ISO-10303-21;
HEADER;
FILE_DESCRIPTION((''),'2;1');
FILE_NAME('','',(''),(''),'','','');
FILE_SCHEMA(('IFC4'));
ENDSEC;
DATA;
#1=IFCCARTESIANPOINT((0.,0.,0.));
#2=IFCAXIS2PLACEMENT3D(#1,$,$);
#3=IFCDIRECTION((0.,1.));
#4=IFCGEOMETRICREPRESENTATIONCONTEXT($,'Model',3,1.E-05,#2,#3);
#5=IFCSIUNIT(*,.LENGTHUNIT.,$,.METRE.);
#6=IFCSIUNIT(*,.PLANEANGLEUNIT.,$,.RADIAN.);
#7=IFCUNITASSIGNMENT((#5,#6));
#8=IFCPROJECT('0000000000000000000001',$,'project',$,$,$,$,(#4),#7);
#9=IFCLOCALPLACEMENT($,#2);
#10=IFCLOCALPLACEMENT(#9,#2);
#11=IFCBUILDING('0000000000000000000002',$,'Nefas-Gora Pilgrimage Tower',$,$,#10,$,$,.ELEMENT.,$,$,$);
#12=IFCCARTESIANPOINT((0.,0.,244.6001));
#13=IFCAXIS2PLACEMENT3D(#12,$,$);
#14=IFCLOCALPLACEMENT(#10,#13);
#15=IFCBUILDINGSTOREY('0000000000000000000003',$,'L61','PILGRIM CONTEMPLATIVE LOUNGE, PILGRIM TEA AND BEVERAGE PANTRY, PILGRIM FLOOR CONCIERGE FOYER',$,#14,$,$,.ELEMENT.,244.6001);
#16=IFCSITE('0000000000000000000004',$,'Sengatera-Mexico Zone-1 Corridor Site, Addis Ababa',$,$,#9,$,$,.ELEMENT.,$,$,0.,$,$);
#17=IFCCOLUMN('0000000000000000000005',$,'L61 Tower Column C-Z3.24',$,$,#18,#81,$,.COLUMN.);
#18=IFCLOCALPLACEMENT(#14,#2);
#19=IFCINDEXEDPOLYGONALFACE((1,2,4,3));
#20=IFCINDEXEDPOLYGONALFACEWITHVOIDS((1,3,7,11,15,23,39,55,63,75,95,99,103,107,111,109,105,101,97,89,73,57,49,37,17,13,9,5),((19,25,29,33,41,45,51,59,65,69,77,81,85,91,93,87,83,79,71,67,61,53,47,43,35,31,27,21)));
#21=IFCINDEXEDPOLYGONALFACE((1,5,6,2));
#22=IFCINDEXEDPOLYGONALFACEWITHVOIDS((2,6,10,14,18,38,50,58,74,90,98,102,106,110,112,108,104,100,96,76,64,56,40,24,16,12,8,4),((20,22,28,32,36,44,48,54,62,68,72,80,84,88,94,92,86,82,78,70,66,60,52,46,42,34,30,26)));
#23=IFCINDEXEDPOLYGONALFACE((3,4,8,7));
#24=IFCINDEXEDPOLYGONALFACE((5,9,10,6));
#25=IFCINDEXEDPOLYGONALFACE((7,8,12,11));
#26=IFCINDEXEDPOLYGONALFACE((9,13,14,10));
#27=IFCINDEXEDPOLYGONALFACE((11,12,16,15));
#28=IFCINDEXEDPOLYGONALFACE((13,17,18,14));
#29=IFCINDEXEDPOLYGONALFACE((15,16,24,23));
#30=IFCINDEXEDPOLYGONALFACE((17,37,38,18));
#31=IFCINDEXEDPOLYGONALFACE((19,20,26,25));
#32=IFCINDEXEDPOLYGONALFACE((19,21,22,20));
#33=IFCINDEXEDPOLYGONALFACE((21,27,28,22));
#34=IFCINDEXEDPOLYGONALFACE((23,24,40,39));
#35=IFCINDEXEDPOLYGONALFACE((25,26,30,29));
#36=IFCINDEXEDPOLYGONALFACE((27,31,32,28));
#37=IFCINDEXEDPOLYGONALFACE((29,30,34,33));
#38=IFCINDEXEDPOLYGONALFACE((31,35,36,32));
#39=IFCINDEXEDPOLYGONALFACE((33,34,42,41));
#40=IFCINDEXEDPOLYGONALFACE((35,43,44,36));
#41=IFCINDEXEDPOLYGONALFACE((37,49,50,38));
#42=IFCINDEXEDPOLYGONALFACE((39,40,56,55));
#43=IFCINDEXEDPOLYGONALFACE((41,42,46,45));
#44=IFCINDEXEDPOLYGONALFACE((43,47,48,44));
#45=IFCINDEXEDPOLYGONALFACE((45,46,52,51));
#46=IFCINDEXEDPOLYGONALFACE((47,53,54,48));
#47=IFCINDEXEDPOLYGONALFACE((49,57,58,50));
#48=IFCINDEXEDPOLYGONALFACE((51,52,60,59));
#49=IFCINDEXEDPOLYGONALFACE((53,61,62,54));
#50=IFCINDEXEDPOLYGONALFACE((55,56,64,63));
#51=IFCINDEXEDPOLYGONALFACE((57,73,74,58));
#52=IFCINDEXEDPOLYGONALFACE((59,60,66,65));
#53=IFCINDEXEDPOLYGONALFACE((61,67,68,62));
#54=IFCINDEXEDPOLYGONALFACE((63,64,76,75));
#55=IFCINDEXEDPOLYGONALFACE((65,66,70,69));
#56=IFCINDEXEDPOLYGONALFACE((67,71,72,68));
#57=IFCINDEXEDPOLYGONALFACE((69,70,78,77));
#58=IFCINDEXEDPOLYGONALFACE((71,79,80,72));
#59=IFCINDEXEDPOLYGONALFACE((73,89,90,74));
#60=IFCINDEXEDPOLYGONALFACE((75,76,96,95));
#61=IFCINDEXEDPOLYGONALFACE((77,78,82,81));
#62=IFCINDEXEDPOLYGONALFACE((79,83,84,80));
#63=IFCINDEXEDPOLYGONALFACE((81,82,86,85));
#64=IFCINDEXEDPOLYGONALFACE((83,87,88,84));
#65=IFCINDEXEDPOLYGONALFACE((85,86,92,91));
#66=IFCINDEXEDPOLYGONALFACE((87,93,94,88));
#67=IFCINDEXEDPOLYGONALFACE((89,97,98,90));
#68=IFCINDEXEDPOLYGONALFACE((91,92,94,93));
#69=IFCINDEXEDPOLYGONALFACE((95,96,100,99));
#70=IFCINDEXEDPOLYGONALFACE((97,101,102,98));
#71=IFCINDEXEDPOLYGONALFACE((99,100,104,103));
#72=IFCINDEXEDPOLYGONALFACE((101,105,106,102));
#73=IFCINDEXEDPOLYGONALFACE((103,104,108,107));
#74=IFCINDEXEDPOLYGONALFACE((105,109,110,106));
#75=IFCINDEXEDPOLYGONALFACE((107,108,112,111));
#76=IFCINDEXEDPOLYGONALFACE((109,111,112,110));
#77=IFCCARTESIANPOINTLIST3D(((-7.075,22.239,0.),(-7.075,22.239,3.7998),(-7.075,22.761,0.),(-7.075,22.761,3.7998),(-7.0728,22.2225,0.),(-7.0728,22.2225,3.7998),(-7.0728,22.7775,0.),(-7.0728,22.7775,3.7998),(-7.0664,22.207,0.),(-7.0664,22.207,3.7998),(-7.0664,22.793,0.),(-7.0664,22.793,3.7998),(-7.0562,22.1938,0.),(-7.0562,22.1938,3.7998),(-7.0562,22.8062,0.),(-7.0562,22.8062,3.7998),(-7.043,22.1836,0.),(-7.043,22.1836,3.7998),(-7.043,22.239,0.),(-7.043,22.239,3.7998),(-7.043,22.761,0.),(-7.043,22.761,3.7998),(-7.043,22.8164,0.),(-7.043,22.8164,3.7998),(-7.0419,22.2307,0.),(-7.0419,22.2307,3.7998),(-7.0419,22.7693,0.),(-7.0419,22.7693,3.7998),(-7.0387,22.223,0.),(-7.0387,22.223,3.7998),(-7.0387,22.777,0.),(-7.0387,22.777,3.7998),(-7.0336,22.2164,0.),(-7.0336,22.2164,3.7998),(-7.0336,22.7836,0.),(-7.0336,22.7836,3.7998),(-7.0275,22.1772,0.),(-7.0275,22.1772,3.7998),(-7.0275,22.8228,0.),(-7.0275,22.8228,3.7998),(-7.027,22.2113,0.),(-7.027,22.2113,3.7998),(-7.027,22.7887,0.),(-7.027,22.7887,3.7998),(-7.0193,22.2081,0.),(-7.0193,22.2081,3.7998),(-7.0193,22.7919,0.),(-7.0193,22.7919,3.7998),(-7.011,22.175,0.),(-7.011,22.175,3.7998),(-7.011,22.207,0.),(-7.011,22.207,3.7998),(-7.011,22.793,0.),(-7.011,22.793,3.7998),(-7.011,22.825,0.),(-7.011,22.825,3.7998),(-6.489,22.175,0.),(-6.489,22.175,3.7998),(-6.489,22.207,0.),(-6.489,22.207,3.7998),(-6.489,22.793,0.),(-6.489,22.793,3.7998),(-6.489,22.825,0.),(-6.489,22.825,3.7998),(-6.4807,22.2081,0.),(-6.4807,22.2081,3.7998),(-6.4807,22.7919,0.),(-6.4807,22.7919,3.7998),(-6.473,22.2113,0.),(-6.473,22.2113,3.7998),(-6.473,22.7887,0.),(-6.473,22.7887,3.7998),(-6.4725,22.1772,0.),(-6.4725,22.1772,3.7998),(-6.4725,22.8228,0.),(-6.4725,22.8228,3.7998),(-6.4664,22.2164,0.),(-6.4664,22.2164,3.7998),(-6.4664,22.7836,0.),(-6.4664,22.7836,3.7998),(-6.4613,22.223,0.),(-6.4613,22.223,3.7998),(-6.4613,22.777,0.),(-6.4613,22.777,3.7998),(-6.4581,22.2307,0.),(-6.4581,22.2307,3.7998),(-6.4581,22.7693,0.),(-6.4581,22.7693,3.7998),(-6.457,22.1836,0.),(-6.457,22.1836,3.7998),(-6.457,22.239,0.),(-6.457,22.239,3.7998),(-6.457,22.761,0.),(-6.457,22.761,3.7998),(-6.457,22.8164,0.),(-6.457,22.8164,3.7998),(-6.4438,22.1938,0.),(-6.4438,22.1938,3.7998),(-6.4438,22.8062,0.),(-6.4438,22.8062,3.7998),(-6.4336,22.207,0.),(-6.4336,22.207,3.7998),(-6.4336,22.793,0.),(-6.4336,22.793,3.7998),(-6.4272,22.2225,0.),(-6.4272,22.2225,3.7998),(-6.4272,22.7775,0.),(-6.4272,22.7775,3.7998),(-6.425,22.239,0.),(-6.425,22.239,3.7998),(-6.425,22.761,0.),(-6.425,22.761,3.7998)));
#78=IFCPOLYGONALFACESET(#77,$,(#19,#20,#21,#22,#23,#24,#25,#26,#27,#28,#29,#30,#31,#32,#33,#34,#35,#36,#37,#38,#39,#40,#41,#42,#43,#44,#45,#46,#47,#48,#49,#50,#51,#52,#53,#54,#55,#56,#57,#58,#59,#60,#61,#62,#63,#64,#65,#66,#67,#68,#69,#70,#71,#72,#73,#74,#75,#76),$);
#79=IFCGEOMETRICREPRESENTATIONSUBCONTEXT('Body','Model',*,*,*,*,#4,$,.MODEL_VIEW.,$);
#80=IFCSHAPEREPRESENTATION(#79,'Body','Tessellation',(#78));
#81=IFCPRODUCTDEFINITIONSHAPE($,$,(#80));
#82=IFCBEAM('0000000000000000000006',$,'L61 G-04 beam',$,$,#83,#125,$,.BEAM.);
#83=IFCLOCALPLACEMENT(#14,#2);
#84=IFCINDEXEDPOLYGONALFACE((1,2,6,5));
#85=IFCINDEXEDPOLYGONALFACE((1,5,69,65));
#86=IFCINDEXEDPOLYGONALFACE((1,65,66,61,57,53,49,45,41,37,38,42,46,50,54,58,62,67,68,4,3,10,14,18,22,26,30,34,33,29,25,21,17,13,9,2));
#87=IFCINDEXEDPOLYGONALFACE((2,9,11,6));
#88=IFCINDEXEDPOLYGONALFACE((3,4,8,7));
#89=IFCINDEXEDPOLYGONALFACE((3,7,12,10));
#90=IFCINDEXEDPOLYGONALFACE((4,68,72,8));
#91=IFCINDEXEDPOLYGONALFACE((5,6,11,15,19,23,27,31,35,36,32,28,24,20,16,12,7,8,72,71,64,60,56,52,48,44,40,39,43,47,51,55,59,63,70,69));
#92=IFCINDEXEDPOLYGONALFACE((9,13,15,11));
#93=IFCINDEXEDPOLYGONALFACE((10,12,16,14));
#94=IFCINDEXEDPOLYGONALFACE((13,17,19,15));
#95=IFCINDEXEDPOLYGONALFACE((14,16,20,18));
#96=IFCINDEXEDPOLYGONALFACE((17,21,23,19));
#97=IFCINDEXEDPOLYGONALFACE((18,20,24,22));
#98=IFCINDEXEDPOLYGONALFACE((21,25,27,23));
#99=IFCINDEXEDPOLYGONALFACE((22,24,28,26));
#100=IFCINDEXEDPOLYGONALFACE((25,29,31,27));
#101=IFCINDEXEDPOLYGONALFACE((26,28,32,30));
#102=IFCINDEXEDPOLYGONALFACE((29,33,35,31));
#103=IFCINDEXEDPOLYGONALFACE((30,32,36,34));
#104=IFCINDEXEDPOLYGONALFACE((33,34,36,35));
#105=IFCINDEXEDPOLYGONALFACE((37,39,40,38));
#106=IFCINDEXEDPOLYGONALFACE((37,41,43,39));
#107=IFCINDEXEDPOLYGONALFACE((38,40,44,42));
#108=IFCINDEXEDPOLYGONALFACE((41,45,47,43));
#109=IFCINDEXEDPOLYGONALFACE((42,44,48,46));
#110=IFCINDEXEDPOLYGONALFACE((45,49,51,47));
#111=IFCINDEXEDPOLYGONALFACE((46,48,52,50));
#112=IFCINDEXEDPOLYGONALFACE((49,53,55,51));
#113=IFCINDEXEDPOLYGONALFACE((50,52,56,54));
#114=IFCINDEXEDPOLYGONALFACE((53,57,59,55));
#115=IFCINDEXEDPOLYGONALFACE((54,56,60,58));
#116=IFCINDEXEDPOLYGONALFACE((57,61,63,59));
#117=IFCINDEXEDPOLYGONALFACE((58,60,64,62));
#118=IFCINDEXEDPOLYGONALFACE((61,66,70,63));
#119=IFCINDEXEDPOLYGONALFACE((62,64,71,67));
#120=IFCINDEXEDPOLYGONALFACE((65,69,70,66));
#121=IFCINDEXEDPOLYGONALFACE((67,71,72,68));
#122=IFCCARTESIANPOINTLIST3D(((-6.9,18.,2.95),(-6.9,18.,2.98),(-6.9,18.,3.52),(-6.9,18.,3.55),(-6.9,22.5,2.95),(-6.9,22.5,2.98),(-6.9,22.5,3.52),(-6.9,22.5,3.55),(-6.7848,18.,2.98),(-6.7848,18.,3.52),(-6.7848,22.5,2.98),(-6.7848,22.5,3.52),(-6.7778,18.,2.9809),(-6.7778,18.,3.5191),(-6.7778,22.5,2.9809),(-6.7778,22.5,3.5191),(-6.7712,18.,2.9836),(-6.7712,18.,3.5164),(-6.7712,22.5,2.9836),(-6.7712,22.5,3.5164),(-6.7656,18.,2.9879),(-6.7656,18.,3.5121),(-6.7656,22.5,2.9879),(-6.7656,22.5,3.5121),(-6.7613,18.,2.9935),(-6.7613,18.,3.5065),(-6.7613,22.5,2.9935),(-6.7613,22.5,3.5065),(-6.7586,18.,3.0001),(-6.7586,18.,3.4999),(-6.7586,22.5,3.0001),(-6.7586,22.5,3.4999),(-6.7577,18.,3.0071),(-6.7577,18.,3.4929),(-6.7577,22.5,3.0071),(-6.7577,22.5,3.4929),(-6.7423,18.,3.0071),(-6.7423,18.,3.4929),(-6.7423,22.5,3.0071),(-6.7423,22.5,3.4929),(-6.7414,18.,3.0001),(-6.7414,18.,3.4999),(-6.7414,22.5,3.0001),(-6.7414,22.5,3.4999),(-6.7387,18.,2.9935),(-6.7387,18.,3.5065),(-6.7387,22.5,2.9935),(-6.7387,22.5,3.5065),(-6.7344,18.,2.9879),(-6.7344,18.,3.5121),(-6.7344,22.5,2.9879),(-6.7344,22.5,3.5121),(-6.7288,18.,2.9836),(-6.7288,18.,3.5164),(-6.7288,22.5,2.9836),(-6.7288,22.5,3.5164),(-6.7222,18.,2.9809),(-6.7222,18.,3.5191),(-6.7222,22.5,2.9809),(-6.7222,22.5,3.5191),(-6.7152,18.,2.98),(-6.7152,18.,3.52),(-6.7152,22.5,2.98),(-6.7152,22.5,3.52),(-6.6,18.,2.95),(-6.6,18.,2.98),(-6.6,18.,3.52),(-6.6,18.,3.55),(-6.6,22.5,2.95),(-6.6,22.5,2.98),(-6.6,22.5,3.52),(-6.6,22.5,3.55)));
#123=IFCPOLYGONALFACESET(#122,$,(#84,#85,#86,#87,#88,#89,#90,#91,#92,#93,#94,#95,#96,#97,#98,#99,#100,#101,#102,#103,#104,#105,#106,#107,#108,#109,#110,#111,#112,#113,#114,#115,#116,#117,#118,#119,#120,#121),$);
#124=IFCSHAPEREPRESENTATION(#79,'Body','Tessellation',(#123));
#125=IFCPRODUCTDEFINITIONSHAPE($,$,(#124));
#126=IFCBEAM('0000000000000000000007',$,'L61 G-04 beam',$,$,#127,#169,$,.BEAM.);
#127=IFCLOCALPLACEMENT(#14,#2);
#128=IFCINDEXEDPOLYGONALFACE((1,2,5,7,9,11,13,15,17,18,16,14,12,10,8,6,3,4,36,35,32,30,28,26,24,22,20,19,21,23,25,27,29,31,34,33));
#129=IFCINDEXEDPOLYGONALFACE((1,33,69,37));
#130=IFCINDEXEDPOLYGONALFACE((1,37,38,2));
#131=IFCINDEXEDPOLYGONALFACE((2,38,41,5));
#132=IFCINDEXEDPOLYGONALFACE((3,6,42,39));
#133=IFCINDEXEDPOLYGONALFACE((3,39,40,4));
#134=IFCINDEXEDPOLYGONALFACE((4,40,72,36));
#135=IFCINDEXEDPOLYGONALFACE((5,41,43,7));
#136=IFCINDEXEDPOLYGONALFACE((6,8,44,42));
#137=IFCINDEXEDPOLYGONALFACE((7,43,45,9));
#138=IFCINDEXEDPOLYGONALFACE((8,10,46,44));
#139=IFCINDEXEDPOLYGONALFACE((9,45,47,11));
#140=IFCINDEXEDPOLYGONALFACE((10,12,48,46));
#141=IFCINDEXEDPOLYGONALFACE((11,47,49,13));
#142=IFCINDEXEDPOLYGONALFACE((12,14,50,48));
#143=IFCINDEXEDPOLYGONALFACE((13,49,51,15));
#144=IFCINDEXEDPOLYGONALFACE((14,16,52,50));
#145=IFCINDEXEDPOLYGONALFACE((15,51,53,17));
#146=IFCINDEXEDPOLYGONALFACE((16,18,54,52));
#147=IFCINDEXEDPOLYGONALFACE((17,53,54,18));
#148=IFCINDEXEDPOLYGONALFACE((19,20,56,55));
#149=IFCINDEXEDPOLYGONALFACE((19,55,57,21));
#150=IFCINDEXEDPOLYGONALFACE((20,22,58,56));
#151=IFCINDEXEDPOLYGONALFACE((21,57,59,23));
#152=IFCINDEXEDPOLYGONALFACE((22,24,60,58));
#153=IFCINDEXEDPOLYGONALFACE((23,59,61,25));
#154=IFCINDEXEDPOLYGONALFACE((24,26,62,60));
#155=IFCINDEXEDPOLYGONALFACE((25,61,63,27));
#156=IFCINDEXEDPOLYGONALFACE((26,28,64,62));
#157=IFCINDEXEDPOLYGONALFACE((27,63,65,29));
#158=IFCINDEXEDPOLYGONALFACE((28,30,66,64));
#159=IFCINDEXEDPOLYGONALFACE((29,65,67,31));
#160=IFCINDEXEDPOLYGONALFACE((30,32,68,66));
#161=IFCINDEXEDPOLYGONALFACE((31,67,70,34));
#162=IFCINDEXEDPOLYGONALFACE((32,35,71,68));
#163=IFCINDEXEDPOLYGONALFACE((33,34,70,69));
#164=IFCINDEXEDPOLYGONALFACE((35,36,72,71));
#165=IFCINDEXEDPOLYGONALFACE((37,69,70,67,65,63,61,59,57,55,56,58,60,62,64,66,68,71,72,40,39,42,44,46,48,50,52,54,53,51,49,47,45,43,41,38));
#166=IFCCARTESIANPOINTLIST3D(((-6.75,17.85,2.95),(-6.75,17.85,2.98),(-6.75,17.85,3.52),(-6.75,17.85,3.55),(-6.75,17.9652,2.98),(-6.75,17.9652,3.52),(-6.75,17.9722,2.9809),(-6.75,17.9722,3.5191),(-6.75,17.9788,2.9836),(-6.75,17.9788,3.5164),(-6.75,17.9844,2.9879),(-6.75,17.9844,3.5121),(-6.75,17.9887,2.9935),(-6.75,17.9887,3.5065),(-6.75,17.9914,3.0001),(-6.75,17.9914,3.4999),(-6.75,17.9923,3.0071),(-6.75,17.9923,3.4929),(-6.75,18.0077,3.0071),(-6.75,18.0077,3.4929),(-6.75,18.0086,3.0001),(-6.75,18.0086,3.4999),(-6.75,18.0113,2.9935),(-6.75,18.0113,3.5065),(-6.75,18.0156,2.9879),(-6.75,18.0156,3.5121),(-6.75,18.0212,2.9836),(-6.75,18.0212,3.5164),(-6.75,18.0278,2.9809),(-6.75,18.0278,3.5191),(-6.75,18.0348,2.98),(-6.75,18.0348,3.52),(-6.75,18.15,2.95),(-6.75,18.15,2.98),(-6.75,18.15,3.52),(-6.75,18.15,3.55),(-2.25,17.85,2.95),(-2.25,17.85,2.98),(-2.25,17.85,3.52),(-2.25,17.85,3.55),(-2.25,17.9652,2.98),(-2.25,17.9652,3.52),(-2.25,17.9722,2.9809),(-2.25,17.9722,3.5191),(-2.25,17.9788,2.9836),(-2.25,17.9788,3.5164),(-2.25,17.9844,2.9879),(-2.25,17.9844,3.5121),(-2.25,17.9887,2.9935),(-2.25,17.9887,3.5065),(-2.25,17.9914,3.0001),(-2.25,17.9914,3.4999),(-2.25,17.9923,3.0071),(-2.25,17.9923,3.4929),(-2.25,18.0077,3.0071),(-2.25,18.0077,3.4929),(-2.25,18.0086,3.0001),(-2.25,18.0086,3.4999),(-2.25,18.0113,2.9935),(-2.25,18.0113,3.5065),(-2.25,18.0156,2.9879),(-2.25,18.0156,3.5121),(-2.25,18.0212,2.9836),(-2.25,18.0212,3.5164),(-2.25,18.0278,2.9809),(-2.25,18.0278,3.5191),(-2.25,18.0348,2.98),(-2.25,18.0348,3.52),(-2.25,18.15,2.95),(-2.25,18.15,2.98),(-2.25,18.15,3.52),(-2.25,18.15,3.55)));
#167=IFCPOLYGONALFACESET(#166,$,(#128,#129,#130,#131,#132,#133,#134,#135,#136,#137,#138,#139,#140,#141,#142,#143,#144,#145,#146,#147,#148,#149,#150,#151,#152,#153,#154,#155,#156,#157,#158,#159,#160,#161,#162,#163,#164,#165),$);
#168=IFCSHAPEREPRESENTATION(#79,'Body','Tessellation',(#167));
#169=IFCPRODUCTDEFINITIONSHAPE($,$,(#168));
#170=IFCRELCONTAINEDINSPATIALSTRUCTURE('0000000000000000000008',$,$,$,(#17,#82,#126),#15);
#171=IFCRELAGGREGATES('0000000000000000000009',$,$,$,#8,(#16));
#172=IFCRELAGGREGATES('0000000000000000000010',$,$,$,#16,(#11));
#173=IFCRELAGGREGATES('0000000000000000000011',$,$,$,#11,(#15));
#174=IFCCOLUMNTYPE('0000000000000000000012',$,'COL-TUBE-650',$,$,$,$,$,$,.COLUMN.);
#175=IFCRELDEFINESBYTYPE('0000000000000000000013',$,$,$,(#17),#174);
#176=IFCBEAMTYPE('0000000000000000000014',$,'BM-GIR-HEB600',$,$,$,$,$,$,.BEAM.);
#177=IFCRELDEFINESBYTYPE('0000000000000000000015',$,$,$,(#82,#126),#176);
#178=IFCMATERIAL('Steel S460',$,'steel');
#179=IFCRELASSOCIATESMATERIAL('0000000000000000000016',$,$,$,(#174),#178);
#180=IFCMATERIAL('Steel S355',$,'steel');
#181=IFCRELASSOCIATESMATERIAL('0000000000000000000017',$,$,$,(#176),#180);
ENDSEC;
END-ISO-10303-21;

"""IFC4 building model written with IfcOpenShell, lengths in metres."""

from ifc_helpers import new_model, si_unit, direction, frame, origin, origin_2d, place, context, subcontext, project, spatial, hollow_rectangle, i_section, extrude, source, transform, mapped, material, material_profile, profile_set, type_object, element, save


model = new_model("IFC4")

# Units and contexts
model_context = context("Model", 3, precision=1e-05, world=origin(), true_north=direction((0.0, 1.0)))
body_context = subcontext(model_context, "Body", "Model", "MODEL_VIEW")
ifc_project = project(units=[si_unit("LENGTHUNIT", "METRE"), si_unit("PLANEANGLEUNIT", "RADIAN")], contexts=[model_context])

# Site, building, storey
site_placement = place(None, origin())
site = spatial("IfcSite", under=ifc_project, at=site_placement, Name="Sengatera-Mexico Zone-1 Corridor Site, Addis Ababa", CompositionType="ELEMENT", RefElevation=0.0)
building_placement = place(site_placement, origin())
building = spatial("IfcBuilding", under=site, at=building_placement, Name="Nefas-Gora Pilgrimage Tower", CompositionType="ELEMENT")
storey_placement = place(building_placement, frame((0.0, 0.0, 244.6001)))
storey = spatial("IfcBuildingStorey", under=building, at=storey_placement, Name="L61", Description="PILGRIM CONTEMPLATIVE LOUNGE, PILGRIM TEA AND BEVERAGE PANTRY, PILGRIM FLOOR CONCIERGE FOYER", CompositionType="ELEMENT", Elevation=244.6001)

# Column
ifc_material_1 = material(Name="Steel S460", Category="steel")
ifc_material_profile_1 = material_profile(ifc_material_1, hollow_rectangle(XDim=0.6499, YDim=0.6499, WallThickness=0.032, InnerFilletRadius=0.032, OuterFilletRadius=0.064, at=origin_2d()), Name="BOX 650x650x32")
ifc_profile_set_1 = profile_set([ifc_material_profile_1], Name="Steel S460")
column_type_1 = type_object("IfcColumnType", Name="COL-TUBE-650", PredefinedType="COLUMN", material=ifc_profile_set_1)
shared_shape_1 = source(origin(), body_context, "Body", "SweptSolid", [
    extrude(hollow_rectangle(XDim=0.6499, YDim=0.6499, WallThickness=0.032, InnerFilletRadius=0.032, OuterFilletRadius=0.064, at=origin_2d()), origin(), (0.0, 0.0, 1.0), 3.7998),
])
column_placement = place(storey_placement, frame((-6.75, 22.5, 0.0), z_axis=(0.0, 0.0, 1.0), x_axis=(1.0, 0.0, 0.0)))
element("IfcColumn", 1, at=column_placement, inside=storey, type_object=column_type_1, Name="L61 Tower Column C-Z3.24", PredefinedType="COLUMN", context=body_context, shape_type="MappedRepresentation", body=[
    mapped(shared_shape_1, transform((0.0, 0.0, 0.0), x_axis=(1.0, 0.0, 0.0), y_axis=(0.0, 1.0, 0.0), z_axis=(0.0, 0.0, 1.0), scale=1.0)),
])

# Beams
ifc_material_2 = material(Name="Steel S355", Category="steel")
ifc_material_profile_2 = material_profile(ifc_material_2, i_section(OverallWidth=0.3, OverallDepth=0.6001, WebThickness=0.0154, FlangeThickness=0.03, FilletRadius=0.0271, at=origin_2d()), Name="HEB 600")
ifc_profile_set_2 = profile_set([ifc_material_profile_2], Name="Steel S355")
beam_type = type_object("IfcBeamType", Name="BM-GIR-HEB600", PredefinedType="BEAM", material=ifc_profile_set_2)
shared_shape_2 = source(origin(), body_context, "Body", "SweptSolid", [
    extrude(i_section(OverallWidth=0.3, OverallDepth=0.6001, WebThickness=0.0154, FlangeThickness=0.03, FilletRadius=0.0271, at=origin_2d()), origin(), (0.0, 0.0, 1.0), 4.5),
])
for number, where, z_axis, x_axis, name in (
    (2, (-6.75, 18.0, 3.25), (0.0, 1.0, 0.0), (-1.0, 0.0, 0.0), "L61 G-04 beam"),
    (3, (-6.75, 18.0, 3.25), (1.0, 0.0, 0.0), (0.0, 1.0, 0.0), "L61 G-04 beam"),
):
    element("IfcBeam", number, at=place(storey_placement, frame(where, z_axis=z_axis, x_axis=x_axis)), inside=storey, type_object=beam_type, Name=name, PredefinedType="BEAM", context=body_context, shape_type="MappedRepresentation", body=[
        mapped(shared_shape_2, transform((0.0, 0.0, 0.0), x_axis=(1.0, 0.0, 0.0), y_axis=(0.0, 1.0, 0.0), z_axis=(0.0, 0.0, 1.0), scale=1.0)),
    ])

save(model, "model.ifc")
